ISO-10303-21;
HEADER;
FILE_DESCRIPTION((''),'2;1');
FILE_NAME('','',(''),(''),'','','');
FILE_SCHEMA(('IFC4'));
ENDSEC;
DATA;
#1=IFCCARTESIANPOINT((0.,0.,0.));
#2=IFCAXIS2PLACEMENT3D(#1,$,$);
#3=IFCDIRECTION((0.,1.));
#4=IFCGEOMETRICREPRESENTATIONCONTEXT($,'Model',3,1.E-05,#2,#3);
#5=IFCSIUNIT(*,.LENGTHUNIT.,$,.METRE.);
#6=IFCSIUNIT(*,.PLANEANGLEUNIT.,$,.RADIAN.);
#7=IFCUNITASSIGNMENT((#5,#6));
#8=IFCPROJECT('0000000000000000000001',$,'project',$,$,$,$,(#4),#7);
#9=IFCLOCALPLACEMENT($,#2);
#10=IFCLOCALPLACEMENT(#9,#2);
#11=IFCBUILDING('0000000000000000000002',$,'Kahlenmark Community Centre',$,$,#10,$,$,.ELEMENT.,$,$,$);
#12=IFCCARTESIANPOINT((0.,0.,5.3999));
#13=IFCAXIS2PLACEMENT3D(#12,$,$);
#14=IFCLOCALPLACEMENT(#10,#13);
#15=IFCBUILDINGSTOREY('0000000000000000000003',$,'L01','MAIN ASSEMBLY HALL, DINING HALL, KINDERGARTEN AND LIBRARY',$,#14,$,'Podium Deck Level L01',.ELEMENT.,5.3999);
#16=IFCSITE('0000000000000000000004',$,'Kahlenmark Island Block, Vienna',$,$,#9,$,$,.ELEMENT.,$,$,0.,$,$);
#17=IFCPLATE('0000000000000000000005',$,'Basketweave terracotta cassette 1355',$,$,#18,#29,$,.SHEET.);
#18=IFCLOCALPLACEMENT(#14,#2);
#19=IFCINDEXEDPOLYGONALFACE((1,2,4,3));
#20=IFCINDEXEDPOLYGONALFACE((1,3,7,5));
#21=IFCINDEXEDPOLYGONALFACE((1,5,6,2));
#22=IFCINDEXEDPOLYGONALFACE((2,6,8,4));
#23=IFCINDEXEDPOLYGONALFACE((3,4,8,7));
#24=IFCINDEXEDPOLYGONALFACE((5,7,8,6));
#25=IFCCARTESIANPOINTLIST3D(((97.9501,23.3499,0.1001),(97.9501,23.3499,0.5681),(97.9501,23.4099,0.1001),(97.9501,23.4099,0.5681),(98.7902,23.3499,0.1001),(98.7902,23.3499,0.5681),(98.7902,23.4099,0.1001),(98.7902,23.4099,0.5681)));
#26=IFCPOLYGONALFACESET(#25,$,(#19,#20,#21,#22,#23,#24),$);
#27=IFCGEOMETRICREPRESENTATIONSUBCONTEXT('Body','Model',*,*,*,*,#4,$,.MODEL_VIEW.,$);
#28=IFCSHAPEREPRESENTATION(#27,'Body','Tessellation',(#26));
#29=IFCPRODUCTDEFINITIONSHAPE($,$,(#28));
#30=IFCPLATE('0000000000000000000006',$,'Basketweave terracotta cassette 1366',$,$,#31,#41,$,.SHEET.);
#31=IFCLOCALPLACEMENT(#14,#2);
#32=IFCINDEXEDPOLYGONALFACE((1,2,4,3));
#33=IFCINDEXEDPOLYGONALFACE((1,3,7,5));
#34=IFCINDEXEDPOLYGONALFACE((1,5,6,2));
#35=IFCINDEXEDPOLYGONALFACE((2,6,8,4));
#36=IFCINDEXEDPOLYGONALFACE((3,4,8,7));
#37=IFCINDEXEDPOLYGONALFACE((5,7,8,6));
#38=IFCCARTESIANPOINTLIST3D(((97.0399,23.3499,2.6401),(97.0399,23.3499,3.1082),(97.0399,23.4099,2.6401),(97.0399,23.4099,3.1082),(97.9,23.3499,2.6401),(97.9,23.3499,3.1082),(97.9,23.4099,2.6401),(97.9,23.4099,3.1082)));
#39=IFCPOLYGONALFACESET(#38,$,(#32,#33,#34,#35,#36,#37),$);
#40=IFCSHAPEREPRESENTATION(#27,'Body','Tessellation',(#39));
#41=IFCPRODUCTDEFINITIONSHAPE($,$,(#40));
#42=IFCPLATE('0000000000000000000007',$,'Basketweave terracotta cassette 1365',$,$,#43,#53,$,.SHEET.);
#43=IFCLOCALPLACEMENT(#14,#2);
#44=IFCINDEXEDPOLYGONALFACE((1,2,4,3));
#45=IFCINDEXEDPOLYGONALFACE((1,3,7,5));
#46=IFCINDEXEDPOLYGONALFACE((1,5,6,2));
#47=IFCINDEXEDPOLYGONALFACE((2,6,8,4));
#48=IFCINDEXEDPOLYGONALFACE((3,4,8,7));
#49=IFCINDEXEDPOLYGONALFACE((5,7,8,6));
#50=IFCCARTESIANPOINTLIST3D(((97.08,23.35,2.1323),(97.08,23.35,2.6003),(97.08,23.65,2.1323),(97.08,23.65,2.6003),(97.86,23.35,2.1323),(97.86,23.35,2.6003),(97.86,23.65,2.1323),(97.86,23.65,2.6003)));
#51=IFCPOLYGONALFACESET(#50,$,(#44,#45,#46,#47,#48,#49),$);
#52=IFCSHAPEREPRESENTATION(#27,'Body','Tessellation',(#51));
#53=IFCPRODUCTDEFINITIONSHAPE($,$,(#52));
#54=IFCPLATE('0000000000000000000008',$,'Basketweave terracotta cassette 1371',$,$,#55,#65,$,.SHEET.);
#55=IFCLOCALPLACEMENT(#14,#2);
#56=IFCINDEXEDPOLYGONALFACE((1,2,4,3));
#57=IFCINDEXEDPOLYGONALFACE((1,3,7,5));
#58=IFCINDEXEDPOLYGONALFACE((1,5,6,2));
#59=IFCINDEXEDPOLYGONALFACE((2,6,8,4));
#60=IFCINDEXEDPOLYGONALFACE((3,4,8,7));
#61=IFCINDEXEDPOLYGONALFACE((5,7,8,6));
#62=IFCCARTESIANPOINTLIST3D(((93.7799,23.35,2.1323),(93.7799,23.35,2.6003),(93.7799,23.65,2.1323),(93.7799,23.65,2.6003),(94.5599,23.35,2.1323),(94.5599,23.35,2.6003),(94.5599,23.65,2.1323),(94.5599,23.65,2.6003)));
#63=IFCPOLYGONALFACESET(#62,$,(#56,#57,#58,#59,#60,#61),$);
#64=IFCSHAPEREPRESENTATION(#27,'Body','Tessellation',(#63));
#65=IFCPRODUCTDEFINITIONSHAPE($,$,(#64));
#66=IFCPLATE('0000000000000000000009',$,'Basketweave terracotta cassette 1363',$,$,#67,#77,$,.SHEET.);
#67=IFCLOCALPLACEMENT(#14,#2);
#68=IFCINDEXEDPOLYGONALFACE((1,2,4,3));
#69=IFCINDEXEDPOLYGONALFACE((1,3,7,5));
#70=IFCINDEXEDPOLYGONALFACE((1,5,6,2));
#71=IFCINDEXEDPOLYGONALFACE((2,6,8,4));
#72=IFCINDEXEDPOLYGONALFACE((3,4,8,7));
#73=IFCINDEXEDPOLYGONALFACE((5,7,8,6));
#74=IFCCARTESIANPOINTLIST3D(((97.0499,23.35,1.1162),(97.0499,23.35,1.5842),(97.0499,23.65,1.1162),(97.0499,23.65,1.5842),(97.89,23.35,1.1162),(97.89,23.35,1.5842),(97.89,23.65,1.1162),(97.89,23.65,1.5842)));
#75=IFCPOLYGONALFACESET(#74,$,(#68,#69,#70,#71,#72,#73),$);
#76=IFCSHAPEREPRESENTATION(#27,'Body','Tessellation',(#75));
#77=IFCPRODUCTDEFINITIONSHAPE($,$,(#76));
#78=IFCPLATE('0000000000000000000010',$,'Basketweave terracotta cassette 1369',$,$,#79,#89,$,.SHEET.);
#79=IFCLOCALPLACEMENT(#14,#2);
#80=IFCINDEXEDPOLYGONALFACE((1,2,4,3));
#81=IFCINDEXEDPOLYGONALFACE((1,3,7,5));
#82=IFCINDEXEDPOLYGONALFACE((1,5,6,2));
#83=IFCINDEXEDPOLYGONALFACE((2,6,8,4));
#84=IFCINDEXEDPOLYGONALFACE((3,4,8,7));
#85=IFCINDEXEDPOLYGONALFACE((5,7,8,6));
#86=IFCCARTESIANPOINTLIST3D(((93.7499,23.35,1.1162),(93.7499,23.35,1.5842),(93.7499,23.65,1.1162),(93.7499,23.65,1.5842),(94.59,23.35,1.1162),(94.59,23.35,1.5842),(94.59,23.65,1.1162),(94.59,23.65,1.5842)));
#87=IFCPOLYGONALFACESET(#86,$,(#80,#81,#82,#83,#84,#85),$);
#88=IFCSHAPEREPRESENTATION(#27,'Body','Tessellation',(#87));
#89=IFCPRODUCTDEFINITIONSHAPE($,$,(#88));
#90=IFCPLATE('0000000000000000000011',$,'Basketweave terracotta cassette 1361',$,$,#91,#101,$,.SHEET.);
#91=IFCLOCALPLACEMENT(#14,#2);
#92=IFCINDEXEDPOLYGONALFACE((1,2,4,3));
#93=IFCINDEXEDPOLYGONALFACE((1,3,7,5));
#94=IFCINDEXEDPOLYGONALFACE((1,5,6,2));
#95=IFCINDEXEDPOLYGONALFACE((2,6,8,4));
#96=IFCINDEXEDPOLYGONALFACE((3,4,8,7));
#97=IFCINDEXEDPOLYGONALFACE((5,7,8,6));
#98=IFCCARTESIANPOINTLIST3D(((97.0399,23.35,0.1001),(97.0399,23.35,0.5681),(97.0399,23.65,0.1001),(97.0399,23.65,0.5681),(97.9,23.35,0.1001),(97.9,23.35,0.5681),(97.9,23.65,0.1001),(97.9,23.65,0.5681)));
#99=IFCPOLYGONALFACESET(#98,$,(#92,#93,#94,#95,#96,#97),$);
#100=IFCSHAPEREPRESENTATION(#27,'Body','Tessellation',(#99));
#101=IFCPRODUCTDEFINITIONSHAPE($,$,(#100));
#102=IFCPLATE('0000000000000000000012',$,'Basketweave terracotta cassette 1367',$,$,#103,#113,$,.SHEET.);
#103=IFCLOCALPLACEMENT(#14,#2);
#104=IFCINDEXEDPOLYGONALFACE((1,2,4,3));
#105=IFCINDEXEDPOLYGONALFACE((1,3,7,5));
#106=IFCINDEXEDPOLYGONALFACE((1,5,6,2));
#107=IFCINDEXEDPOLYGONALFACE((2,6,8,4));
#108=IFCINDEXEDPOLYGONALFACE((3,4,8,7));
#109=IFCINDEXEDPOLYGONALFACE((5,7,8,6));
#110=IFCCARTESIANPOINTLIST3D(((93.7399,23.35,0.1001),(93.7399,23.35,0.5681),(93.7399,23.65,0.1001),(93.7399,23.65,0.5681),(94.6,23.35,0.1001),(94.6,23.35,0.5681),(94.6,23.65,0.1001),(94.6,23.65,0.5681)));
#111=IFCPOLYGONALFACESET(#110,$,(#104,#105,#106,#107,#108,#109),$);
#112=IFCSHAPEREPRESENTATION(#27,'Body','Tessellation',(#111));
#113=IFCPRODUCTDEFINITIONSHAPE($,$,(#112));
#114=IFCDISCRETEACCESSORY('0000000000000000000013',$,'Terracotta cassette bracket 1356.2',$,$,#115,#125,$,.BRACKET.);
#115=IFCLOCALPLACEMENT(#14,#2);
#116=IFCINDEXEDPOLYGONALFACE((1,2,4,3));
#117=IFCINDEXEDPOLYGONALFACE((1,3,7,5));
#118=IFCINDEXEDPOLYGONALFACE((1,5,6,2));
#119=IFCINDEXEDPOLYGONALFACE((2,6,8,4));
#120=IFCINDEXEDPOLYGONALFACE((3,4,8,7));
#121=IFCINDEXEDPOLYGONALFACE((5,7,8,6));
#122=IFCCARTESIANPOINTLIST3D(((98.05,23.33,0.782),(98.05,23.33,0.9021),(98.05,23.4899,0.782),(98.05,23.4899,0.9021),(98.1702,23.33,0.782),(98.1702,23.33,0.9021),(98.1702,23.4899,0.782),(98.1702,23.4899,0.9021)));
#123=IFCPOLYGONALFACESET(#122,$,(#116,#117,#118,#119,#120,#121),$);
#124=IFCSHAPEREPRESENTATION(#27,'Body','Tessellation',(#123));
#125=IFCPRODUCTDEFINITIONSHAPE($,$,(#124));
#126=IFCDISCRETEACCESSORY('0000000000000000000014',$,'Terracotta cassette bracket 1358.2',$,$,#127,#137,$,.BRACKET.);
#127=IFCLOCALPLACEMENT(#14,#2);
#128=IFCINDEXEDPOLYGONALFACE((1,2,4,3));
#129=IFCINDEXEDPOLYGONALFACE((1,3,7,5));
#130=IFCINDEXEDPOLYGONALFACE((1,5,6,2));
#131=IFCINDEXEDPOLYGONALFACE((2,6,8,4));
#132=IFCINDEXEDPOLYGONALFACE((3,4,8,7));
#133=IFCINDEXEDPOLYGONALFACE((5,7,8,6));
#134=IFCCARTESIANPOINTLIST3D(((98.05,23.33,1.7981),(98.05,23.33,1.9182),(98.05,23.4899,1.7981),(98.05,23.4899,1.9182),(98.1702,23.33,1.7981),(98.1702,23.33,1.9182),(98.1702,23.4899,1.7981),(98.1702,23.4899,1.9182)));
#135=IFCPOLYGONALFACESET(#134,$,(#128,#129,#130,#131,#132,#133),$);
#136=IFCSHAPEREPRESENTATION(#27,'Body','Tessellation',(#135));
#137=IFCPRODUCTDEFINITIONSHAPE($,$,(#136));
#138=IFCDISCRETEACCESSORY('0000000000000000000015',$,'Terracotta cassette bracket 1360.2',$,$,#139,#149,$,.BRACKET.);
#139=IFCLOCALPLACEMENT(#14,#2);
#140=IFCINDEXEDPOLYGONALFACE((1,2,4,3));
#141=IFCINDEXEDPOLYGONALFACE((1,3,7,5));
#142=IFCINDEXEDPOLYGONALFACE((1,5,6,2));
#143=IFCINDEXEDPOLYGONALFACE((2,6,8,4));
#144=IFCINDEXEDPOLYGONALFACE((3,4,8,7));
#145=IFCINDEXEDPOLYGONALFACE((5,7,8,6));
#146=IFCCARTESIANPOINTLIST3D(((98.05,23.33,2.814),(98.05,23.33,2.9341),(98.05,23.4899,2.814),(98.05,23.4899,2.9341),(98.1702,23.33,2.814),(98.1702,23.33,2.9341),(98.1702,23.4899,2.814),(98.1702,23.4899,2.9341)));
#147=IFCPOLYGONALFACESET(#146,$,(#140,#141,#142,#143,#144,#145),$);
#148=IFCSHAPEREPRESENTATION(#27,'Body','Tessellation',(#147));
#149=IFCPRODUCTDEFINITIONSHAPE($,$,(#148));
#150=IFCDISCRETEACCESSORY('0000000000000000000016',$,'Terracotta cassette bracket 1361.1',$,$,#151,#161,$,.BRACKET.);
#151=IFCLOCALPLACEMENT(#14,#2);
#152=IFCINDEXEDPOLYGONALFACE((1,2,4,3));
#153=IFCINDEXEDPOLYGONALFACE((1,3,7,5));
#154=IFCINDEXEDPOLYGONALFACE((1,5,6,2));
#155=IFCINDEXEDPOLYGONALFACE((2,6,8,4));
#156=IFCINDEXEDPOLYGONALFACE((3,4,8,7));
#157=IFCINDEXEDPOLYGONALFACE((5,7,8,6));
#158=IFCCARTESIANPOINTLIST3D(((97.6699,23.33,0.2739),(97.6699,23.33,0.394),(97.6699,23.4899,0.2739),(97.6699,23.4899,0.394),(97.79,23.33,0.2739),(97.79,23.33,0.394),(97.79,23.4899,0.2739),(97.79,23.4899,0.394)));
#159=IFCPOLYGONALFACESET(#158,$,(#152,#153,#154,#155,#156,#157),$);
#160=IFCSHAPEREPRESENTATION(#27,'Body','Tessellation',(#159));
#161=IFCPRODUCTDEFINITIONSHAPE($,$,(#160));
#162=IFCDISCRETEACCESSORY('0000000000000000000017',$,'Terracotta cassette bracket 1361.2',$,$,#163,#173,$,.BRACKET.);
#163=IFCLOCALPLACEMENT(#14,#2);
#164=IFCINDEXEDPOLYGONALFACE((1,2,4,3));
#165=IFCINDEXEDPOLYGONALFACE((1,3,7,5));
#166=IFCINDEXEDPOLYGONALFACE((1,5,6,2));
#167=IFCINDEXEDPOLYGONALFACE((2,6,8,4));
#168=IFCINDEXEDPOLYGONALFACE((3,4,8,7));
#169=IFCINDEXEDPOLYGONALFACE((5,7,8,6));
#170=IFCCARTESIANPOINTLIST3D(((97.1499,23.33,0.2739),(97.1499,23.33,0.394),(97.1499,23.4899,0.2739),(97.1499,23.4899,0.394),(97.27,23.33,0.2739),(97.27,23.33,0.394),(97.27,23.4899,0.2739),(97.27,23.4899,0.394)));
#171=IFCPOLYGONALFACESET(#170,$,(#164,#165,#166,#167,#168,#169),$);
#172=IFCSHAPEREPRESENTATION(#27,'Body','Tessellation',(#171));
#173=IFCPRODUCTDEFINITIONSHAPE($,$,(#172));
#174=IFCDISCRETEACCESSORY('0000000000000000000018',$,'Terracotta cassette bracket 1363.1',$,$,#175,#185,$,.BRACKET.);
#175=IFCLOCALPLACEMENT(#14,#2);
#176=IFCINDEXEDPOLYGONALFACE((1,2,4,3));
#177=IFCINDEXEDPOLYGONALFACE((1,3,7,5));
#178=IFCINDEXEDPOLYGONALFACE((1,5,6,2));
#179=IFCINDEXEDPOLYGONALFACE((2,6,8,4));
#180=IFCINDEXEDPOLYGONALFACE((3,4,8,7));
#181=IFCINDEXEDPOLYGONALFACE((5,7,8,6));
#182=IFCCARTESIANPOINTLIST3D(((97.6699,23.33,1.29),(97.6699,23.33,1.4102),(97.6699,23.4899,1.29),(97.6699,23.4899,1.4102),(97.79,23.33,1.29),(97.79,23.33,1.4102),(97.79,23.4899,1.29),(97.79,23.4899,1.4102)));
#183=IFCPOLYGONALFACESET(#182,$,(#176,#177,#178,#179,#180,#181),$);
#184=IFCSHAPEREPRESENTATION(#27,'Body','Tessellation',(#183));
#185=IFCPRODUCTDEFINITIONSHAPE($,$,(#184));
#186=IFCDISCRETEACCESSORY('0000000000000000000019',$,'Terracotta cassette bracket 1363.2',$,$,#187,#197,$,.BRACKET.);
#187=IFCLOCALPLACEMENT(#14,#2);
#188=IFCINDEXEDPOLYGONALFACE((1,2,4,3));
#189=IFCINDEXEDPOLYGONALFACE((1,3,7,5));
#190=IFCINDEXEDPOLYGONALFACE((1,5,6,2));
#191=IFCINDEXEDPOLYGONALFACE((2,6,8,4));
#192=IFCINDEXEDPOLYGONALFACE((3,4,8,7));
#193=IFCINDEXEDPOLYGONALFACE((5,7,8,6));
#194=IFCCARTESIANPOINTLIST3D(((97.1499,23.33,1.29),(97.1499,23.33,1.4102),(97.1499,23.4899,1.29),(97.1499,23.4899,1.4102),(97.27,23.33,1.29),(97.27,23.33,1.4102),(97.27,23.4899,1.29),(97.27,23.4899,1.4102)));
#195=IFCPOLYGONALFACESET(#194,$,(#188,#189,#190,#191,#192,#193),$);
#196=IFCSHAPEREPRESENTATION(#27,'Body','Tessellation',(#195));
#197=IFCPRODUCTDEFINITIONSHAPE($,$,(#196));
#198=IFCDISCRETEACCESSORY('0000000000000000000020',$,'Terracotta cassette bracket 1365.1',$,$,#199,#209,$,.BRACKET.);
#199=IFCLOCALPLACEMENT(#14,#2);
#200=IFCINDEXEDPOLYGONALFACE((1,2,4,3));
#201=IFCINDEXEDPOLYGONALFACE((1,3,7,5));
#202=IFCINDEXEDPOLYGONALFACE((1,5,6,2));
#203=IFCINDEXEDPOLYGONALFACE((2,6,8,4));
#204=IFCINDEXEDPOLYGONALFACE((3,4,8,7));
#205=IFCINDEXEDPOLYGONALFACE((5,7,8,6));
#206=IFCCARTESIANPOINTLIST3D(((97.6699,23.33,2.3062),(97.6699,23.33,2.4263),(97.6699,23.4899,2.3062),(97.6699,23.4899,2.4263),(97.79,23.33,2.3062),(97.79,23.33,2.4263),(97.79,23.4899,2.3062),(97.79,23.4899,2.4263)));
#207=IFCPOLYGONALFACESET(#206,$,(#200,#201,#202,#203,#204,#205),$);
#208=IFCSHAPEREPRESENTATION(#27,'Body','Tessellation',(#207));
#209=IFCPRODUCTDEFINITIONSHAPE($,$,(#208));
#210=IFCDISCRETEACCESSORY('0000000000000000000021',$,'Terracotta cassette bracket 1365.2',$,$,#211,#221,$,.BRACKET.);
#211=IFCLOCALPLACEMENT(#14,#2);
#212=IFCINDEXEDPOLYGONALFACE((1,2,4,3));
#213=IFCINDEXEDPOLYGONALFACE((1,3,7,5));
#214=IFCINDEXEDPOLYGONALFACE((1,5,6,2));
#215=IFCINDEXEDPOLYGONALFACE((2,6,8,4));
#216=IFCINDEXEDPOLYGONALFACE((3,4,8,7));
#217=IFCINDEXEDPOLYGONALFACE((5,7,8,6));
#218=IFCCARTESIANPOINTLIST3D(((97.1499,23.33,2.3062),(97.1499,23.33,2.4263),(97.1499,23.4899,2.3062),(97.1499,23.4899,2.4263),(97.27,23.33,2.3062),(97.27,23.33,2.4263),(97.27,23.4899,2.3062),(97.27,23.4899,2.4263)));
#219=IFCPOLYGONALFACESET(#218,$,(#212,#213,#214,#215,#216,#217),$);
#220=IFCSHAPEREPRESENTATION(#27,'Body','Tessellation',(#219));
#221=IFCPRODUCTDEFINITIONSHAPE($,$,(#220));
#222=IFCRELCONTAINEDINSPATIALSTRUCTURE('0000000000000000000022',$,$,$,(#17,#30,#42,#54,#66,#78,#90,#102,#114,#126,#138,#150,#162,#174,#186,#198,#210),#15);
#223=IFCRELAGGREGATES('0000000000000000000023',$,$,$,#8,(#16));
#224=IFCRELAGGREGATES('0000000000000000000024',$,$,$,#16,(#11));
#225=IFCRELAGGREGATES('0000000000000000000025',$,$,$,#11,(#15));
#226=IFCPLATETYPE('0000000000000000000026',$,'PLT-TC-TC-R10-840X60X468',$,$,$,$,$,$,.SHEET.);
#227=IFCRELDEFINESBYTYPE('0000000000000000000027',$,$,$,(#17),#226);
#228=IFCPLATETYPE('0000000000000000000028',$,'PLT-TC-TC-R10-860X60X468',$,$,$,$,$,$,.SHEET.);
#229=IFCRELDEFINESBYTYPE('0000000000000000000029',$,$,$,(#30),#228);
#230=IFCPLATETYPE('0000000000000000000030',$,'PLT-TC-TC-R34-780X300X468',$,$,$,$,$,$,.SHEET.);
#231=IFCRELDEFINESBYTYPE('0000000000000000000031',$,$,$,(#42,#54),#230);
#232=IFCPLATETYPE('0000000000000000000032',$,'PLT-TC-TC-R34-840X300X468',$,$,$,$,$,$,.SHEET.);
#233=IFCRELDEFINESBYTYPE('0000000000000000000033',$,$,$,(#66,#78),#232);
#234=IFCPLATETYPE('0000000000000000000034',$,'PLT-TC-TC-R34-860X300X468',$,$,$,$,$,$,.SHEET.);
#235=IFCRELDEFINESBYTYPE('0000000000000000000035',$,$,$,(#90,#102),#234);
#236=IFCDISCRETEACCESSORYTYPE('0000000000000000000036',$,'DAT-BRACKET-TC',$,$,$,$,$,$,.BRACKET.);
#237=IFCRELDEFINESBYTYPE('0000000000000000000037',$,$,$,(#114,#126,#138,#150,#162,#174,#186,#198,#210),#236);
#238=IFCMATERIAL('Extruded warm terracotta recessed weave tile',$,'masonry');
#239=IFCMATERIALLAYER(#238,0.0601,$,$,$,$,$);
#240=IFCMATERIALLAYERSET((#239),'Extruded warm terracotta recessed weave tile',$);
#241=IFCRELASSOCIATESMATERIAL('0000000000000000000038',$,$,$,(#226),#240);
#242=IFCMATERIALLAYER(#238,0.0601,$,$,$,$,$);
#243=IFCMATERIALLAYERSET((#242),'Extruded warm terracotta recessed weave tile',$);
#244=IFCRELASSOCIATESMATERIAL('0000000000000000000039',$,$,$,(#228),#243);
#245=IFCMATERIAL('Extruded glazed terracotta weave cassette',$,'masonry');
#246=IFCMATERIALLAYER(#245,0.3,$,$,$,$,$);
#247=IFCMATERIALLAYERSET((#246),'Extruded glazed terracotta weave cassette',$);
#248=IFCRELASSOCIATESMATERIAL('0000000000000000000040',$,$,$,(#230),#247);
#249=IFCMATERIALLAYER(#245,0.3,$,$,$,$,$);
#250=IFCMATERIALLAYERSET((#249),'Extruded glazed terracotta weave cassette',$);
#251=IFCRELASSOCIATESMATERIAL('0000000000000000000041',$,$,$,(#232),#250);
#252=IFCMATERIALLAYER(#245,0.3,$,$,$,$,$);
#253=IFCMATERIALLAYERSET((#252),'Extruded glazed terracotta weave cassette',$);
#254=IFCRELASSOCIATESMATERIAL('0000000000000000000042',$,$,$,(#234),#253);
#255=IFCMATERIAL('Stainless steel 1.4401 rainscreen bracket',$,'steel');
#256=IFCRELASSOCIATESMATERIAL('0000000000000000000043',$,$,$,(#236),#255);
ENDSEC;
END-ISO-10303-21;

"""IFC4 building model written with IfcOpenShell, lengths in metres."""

from ifc_helpers import new_model, si_unit, direction, frame, origin, origin_2d, place, context, subcontext, project, spatial, rectangle, extrude, material, layer, layer_set, type_object, element, save


model = new_model("IFC4")

# Units and contexts
model_context = context("Model", 3, precision=1e-05, world=origin(), true_north=direction((0.0, 1.0)))
body_context = subcontext(model_context, "Body", "Model", "MODEL_VIEW")
ifc_project = project(units=[si_unit("LENGTHUNIT", "METRE"), si_unit("PLANEANGLEUNIT", "RADIAN")], contexts=[model_context])

# Site, building, storey
site_placement = place(None, origin())
site = spatial("IfcSite", under=ifc_project, at=site_placement, Name="Kahlenmark Island Block, Vienna", CompositionType="ELEMENT", RefElevation=0.0)
building_placement = place(site_placement, origin())
building = spatial("IfcBuilding", under=site, at=building_placement, Name="Kahlenmark Community Centre", CompositionType="ELEMENT")
storey_placement = place(building_placement, frame((0.0, 0.0, 5.3999)))
storey = spatial("IfcBuildingStorey", under=building, at=storey_placement, Name="L01", Description="MAIN ASSEMBLY HALL, DINING HALL, KINDERGARTEN AND LIBRARY", LongName="Podium Deck Level L01", CompositionType="ELEMENT", Elevation=5.3999)

# Plates
ifc_material_1 = material(Name="Extruded warm terracotta recessed weave tile", Category="masonry")
ifc_layer_1 = layer(ifc_material_1, 0.0601)
ifc_layer_set_1 = layer_set([ifc_layer_1], Name="Extruded warm terracotta recessed weave tile")
plate_type_1 = type_object("IfcPlateType", Name="PLT-TC-TC-R10-840X60X468", PredefinedType="SHEET", material=ifc_layer_set_1)
plate_1_placement = place(storey_placement, frame((98.3701, 23.3799, 0.1001), z_axis=(0.0, 0.0, 1.0), x_axis=(-1.0, 0.0, 0.0)))
element("IfcPlate", 1, at=plate_1_placement, inside=storey, type_object=plate_type_1, Name="Basketweave terracotta cassette 1355", PredefinedType="SHEET", context=body_context, shape_type="SweptSolid", body=[
    extrude(rectangle(XDim=0.8401, YDim=0.0601, at=origin_2d()), origin(), (0.0, 0.0, 1.0), 0.468),
])
ifc_layer_2 = layer(ifc_material_1, 0.0601)
ifc_layer_set_2 = layer_set([ifc_layer_2], Name="Extruded warm terracotta recessed weave tile")
plate_type_2 = type_object("IfcPlateType", Name="PLT-TC-TC-R10-860X60X468", PredefinedType="SHEET", material=ifc_layer_set_2)
plate_2_placement = place(storey_placement, frame((97.47, 23.3799, 2.6401), z_axis=(0.0, 0.0, 1.0), x_axis=(-1.0, 0.0, 0.0)))
element("IfcPlate", 2, at=plate_2_placement, inside=storey, type_object=plate_type_2, Name="Basketweave terracotta cassette 1366", PredefinedType="SHEET", context=body_context, shape_type="SweptSolid", body=[
    extrude(rectangle(XDim=0.8601, YDim=0.0601, at=origin_2d()), origin(), (0.0, 0.0, 1.0), 0.468),
])
ifc_material_2 = material(Name="Extruded glazed terracotta weave cassette", Category="masonry")
ifc_layer_3 = layer(ifc_material_2, 0.3)
ifc_layer_set_3 = layer_set([ifc_layer_3], Name="Extruded glazed terracotta weave cassette")
plate_type_3 = type_object("IfcPlateType", Name="PLT-TC-TC-R34-780X300X468", PredefinedType="SHEET", material=ifc_layer_set_3)
for number, where, z_axis, x_axis, name in (
    (3, (97.47, 23.5, 2.1323), (0.0, 0.0, 1.0), (-1.0, 0.0, 0.0), "Basketweave terracotta cassette 1365"),
    (4, (94.1699, 23.5, 2.1323), (0.0, 0.0, 1.0), (-1.0, 0.0, 0.0), "Basketweave terracotta cassette 1371"),
):
    element("IfcPlate", number, at=place(storey_placement, frame(where, z_axis=z_axis, x_axis=x_axis)), inside=storey, type_object=plate_type_3, Name=name, PredefinedType="SHEET", context=body_context, shape_type="SweptSolid", body=[
        extrude(rectangle(XDim=0.78, YDim=0.3, at=origin_2d()), origin(), (0.0, 0.0, 1.0), 0.468),
    ])
ifc_layer_4 = layer(ifc_material_2, 0.3)
ifc_layer_set_4 = layer_set([ifc_layer_4], Name="Extruded glazed terracotta weave cassette")
plate_type_4 = type_object("IfcPlateType", Name="PLT-TC-TC-R34-840X300X468", PredefinedType="SHEET", material=ifc_layer_set_4)
for number, where, z_axis, x_axis, name in (
    (5, (97.47, 23.5, 1.1162), (0.0, 0.0, 1.0), (-1.0, 0.0, 0.0), "Basketweave terracotta cassette 1363"),
    (6, (94.1699, 23.5, 1.1162), (0.0, 0.0, 1.0), (-1.0, 0.0, 0.0), "Basketweave terracotta cassette 1369"),
):
    element("IfcPlate", number, at=place(storey_placement, frame(where, z_axis=z_axis, x_axis=x_axis)), inside=storey, type_object=plate_type_4, Name=name, PredefinedType="SHEET", context=body_context, shape_type="SweptSolid", body=[
        extrude(rectangle(XDim=0.8401, YDim=0.3, at=origin_2d()), origin(), (0.0, 0.0, 1.0), 0.468),
    ])
ifc_layer_5 = layer(ifc_material_2, 0.3)
ifc_layer_set_5 = layer_set([ifc_layer_5], Name="Extruded glazed terracotta weave cassette")
plate_type_5 = type_object("IfcPlateType", Name="PLT-TC-TC-R34-860X300X468", PredefinedType="SHEET", material=ifc_layer_set_5)
for number, where, z_axis, x_axis, name in (
    (7, (97.47, 23.5, 0.1001), (0.0, 0.0, 1.0), (-1.0, 0.0, 0.0), "Basketweave terracotta cassette 1361"),
    (8, (94.1699, 23.5, 0.1001), (0.0, 0.0, 1.0), (-1.0, 0.0, 0.0), "Basketweave terracotta cassette 1367"),
):
    element("IfcPlate", number, at=place(storey_placement, frame(where, z_axis=z_axis, x_axis=x_axis)), inside=storey, type_object=plate_type_5, Name=name, PredefinedType="SHEET", context=body_context, shape_type="SweptSolid", body=[
        extrude(rectangle(XDim=0.8601, YDim=0.3, at=origin_2d()), origin(), (0.0, 0.0, 1.0), 0.468),
    ])

# Discrete accessories
ifc_material_3 = material(Name="Stainless steel 1.4401 rainscreen bracket", Category="steel")
discrete_accessory_type = type_object("IfcDiscreteAccessoryType", Name="DAT-BRACKET-TC", PredefinedType="BRACKET", material=ifc_material_3)
for number, where, z_axis, x_axis, name in (
    (9, (98.1101, 23.4099, 0.782), (0.0, 0.0, 1.0), (-1.0, 0.0, 0.0), "Terracotta cassette bracket 1356.2"),
    (10, (98.1101, 23.4099, 1.7981), (0.0, 0.0, 1.0), (-1.0, 0.0, 0.0), "Terracotta cassette bracket 1358.2"),
    (11, (98.1101, 23.4099, 2.814), (0.0, 0.0, 1.0), (-1.0, 0.0, 0.0), "Terracotta cassette bracket 1360.2"),
    (12, (97.73, 23.4099, 0.2739), (0.0, 0.0, 1.0), (-1.0, 0.0, 0.0), "Terracotta cassette bracket 1361.1"),
    (13, (97.21, 23.4099, 0.2739), (0.0, 0.0, 1.0), (-1.0, 0.0, 0.0), "Terracotta cassette bracket 1361.2"),
    (14, (97.73, 23.4099, 1.29), (0.0, 0.0, 1.0), (-1.0, 0.0, 0.0), "Terracotta cassette bracket 1363.1"),
    (15, (97.21, 23.4099, 1.29), (0.0, 0.0, 1.0), (-1.0, 0.0, 0.0), "Terracotta cassette bracket 1363.2"),
    (16, (97.73, 23.4099, 2.3062), (0.0, 0.0, 1.0), (-1.0, 0.0, 0.0), "Terracotta cassette bracket 1365.1"),
    (17, (97.21, 23.4099, 2.3062), (0.0, 0.0, 1.0), (-1.0, 0.0, 0.0), "Terracotta cassette bracket 1365.2"),
):
    element("IfcDiscreteAccessory", number, at=place(storey_placement, frame(where, z_axis=z_axis, x_axis=x_axis)), inside=storey, type_object=discrete_accessory_type, Name=name, PredefinedType="BRACKET", context=body_context, shape_type="SweptSolid", body=[
        extrude(rectangle(XDim=0.1201, YDim=0.1599, at=origin_2d()), origin(), (0.0, 0.0, 1.0), 0.1201),
    ])

save(model, "model.ifc")
